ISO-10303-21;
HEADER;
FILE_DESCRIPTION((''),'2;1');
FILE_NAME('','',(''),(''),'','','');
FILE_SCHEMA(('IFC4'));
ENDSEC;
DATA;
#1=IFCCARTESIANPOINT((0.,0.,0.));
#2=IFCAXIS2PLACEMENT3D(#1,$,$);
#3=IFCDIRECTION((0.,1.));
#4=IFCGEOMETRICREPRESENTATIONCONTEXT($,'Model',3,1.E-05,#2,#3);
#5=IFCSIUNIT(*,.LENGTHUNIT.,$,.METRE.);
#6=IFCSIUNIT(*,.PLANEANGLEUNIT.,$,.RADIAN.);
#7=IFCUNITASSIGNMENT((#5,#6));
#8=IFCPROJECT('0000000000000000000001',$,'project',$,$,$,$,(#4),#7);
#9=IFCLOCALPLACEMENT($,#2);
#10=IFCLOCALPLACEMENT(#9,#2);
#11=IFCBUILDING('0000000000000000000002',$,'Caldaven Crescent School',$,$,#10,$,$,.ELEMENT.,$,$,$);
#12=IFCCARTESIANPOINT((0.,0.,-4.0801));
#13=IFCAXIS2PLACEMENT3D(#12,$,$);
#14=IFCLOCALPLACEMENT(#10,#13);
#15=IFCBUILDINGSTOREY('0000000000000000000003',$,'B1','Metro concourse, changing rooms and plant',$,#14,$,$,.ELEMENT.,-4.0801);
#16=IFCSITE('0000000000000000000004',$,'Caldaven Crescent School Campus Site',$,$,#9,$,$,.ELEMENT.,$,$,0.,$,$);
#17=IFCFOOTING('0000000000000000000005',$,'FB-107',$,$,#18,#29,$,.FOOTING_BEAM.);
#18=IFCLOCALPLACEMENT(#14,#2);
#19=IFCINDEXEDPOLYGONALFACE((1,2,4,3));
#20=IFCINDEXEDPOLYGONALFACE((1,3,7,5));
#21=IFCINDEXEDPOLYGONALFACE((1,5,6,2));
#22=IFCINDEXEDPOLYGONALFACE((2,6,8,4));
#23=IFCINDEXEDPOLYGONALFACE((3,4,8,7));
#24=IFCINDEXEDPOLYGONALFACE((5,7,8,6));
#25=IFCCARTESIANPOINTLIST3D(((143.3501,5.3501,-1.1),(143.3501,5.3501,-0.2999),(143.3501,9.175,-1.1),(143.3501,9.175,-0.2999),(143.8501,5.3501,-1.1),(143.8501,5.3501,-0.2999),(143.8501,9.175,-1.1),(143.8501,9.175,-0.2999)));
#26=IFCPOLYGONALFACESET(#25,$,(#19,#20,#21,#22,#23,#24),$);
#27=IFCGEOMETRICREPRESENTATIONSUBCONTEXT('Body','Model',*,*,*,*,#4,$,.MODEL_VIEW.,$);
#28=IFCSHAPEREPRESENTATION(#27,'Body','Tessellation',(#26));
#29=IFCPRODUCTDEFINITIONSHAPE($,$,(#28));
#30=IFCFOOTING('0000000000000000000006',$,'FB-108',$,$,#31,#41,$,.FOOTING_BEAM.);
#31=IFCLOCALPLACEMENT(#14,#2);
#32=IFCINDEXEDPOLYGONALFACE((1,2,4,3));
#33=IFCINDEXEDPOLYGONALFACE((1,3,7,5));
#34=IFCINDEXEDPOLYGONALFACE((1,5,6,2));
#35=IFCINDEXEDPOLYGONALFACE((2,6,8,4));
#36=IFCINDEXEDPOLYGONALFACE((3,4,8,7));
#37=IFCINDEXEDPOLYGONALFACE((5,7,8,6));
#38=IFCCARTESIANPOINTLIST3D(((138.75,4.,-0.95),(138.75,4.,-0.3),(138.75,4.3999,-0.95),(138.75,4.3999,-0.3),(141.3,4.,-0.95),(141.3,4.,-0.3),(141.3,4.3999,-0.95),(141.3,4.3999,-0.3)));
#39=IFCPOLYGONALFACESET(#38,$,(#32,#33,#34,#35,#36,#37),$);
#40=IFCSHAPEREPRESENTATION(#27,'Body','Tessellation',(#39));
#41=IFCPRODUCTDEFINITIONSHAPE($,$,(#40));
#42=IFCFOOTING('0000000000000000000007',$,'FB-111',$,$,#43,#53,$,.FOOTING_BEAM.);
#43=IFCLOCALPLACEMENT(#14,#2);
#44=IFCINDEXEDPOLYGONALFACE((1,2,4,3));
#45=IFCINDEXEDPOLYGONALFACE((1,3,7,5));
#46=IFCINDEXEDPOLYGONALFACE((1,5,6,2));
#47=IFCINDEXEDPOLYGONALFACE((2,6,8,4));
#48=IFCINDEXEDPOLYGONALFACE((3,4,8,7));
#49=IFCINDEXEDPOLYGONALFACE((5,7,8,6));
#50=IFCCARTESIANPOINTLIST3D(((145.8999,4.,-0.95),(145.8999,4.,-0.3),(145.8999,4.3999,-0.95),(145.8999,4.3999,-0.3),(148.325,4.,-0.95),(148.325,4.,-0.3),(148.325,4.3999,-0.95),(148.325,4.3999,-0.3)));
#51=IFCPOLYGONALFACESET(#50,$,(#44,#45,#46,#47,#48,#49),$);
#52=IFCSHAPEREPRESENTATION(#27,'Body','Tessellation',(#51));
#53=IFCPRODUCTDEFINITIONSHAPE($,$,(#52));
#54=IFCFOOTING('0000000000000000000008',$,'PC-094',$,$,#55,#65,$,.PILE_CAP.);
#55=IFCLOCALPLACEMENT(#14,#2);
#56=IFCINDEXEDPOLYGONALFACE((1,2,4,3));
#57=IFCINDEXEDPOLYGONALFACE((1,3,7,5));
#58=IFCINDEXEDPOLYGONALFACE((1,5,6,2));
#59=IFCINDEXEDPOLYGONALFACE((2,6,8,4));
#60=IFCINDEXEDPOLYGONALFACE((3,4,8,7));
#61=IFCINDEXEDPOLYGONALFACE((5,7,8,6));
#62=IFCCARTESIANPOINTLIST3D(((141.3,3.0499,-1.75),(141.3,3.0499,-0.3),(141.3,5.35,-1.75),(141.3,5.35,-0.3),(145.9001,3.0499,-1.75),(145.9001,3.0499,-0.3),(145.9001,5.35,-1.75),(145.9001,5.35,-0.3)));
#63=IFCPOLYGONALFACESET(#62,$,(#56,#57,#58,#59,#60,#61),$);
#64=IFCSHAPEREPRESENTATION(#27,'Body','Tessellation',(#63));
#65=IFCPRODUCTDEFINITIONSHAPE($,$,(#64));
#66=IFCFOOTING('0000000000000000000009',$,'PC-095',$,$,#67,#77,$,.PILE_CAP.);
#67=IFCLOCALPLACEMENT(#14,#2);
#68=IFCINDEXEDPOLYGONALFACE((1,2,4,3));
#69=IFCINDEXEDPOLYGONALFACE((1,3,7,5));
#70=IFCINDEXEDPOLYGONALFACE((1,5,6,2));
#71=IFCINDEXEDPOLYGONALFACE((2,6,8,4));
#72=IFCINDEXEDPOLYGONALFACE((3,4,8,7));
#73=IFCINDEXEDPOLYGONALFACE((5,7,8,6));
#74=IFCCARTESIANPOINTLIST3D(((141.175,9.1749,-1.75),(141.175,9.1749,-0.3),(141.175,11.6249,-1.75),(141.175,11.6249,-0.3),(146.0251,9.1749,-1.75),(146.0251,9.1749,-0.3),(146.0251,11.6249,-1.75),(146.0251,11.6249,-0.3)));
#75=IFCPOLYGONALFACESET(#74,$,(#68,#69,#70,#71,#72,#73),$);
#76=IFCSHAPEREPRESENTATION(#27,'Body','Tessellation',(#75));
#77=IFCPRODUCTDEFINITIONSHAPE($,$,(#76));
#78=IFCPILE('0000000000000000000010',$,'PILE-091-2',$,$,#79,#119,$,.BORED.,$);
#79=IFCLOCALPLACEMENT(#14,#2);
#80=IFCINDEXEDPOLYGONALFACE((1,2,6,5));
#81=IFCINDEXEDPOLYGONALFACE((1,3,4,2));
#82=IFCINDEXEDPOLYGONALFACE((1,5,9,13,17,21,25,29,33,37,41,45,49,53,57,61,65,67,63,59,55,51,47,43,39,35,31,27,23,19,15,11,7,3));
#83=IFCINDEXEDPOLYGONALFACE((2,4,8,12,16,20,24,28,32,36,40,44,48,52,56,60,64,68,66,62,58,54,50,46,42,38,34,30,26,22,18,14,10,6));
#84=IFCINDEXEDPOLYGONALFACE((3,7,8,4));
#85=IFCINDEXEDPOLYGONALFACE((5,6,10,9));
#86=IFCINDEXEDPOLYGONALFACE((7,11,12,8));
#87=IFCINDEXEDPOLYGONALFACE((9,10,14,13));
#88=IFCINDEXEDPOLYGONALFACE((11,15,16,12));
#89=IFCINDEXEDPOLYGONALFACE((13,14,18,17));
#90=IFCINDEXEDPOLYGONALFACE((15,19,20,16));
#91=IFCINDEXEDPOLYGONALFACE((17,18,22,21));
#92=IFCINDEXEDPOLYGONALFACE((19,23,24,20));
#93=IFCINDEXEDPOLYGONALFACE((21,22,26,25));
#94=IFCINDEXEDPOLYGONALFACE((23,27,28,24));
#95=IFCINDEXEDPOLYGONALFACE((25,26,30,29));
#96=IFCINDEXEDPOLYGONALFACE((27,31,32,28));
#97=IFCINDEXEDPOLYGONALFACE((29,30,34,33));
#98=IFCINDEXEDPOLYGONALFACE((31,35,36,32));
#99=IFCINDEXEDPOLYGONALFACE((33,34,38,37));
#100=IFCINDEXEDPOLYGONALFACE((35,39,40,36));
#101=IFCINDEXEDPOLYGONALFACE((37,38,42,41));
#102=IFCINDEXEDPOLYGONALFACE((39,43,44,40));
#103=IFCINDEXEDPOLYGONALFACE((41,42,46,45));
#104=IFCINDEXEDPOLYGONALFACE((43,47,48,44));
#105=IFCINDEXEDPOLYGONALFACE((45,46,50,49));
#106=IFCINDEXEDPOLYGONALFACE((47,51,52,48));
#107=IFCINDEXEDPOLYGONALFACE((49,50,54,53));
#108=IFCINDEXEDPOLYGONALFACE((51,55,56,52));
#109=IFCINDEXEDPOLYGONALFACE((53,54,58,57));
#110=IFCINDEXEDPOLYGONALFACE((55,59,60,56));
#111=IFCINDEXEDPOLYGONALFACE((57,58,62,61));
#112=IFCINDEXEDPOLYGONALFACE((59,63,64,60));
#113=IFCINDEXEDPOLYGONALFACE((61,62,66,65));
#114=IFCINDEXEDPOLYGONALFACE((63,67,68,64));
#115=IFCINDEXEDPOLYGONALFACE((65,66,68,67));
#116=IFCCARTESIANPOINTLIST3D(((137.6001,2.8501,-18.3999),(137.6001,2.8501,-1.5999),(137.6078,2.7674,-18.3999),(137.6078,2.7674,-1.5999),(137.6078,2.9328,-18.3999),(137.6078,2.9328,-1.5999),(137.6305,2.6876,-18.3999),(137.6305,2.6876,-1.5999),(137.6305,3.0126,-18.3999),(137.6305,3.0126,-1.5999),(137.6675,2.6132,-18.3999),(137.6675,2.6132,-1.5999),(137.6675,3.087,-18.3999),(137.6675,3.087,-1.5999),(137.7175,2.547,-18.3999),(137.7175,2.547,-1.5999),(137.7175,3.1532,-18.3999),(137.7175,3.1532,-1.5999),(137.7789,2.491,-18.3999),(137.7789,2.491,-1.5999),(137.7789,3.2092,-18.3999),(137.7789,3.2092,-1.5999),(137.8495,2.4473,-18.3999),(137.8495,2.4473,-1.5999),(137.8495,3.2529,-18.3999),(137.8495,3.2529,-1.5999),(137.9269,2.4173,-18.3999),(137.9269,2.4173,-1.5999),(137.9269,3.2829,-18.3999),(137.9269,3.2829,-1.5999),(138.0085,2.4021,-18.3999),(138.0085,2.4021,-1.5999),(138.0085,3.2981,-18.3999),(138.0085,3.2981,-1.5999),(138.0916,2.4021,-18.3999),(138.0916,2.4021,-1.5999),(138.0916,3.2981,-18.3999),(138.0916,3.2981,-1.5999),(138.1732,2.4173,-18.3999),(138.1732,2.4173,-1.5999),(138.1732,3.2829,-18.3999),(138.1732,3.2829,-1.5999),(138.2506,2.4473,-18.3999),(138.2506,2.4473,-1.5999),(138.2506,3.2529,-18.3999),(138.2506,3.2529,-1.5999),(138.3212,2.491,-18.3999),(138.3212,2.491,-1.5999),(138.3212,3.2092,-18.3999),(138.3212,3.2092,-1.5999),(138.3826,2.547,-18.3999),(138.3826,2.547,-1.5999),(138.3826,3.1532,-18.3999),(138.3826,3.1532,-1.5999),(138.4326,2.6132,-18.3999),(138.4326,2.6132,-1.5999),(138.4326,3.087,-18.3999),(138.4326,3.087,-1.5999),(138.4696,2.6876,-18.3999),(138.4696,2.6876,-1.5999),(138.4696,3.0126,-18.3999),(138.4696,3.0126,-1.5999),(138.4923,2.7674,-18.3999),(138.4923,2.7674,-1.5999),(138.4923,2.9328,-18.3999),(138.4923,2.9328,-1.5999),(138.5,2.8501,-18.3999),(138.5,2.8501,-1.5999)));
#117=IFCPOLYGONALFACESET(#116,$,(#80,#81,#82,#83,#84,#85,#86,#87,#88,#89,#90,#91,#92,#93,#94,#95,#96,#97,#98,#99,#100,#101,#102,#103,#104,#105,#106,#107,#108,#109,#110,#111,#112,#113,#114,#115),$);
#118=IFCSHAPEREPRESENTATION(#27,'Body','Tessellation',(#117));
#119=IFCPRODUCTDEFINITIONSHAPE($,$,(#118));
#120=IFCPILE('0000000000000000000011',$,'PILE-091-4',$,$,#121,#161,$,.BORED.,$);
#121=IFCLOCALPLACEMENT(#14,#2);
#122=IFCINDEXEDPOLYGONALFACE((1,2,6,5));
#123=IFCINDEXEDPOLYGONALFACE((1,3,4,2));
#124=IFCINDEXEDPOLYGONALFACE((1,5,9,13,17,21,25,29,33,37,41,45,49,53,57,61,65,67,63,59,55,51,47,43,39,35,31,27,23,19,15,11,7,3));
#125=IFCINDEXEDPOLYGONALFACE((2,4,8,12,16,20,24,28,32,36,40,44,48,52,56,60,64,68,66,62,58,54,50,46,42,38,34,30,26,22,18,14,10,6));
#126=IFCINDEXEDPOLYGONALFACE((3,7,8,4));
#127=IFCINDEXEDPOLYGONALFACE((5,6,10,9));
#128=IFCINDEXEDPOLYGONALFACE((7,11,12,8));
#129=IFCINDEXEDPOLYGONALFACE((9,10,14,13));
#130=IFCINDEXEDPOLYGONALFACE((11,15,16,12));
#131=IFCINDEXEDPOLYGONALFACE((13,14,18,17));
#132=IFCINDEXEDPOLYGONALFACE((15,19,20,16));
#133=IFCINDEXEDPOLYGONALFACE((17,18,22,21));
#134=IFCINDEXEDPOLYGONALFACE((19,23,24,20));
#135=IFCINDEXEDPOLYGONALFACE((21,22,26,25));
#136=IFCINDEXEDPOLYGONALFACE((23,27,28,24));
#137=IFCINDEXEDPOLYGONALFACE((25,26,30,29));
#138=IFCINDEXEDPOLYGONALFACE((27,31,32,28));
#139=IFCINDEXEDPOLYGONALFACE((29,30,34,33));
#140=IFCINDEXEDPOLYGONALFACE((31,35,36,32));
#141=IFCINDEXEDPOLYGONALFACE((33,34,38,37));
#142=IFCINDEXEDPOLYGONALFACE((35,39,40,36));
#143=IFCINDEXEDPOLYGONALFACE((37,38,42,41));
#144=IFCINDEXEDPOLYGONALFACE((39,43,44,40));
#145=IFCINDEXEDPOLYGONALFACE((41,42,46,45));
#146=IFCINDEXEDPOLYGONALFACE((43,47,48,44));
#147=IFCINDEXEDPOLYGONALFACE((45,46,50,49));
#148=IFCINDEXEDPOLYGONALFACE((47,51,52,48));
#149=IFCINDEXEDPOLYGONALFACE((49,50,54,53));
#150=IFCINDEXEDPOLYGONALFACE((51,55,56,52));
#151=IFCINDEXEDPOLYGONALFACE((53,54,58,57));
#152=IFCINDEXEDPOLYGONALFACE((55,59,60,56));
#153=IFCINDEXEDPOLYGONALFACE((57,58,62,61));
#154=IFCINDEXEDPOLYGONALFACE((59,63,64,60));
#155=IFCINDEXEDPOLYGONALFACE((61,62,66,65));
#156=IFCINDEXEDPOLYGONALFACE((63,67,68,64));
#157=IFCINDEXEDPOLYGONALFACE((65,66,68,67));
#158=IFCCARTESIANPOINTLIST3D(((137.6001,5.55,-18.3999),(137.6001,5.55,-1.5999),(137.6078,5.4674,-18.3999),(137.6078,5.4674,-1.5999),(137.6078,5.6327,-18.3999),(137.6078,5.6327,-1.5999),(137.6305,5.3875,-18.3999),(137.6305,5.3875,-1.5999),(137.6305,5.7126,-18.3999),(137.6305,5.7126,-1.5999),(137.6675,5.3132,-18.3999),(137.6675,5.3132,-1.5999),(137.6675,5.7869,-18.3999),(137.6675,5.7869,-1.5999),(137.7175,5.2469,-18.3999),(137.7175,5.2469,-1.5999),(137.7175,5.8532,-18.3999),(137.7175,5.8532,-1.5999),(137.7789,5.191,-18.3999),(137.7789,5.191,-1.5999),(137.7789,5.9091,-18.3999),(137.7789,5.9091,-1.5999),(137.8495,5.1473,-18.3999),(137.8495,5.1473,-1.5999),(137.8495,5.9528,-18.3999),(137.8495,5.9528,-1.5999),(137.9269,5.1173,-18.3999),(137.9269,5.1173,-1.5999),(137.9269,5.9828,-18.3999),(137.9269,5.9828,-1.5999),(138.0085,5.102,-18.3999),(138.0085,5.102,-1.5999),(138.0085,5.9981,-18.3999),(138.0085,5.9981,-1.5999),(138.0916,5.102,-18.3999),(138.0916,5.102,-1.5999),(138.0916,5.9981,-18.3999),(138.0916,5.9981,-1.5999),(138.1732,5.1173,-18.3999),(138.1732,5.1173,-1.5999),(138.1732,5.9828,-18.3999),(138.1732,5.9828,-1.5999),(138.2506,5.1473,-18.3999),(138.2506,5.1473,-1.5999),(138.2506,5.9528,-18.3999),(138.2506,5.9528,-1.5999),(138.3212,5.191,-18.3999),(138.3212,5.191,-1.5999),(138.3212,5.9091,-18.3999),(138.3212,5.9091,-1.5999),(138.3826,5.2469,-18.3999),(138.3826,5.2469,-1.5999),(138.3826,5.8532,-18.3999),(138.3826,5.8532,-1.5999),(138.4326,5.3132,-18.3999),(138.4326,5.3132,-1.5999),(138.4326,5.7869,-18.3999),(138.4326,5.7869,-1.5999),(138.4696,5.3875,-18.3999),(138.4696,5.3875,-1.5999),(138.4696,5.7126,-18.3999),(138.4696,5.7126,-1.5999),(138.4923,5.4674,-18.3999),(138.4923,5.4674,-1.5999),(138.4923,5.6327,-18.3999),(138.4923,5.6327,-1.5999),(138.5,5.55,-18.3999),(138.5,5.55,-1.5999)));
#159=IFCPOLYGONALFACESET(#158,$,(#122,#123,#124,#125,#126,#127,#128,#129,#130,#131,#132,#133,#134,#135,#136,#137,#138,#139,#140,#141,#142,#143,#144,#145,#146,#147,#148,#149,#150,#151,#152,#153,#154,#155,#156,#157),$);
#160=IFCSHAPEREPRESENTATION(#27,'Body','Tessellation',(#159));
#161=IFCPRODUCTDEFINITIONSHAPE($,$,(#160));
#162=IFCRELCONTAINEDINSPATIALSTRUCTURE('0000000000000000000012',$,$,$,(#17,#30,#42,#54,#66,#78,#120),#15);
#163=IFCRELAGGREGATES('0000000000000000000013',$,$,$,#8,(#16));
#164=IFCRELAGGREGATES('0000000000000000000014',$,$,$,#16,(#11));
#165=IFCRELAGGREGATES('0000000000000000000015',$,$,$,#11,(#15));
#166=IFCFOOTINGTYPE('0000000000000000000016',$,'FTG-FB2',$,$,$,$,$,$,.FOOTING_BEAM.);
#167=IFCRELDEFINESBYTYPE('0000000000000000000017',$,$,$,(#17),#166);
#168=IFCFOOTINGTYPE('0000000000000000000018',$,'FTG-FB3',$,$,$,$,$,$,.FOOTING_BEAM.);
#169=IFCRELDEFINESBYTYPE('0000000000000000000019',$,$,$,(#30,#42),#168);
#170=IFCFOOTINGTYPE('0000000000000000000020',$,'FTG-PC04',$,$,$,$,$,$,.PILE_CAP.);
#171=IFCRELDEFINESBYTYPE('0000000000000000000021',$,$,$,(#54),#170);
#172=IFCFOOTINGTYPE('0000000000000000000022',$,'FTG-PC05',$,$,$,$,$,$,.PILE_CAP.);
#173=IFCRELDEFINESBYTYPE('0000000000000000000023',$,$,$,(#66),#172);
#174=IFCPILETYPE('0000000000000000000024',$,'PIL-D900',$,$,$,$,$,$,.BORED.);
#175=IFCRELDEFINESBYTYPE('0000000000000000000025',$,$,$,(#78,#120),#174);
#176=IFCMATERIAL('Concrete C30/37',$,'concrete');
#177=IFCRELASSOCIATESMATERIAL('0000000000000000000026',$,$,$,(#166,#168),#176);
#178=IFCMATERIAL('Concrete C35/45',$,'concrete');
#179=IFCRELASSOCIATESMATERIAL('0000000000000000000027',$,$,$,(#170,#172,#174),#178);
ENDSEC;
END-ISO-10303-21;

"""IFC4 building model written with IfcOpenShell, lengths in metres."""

from ifc_helpers import new_model, si_unit, direction, frame, origin, origin_2d, place, context, subcontext, project, spatial, rectangle, circle, extrude, material, material_profile, profile_set, type_object, element, save


model = new_model("IFC4")

# Units and contexts
model_context = context("Model", 3, precision=1e-05, world=origin(), true_north=direction((0.0, 1.0)))
body_context = subcontext(model_context, "Body", "Model", "MODEL_VIEW")
ifc_project = project(units=[si_unit("LENGTHUNIT", "METRE"), si_unit("PLANEANGLEUNIT", "RADIAN")], contexts=[model_context])

# Site, building, storey
site_placement = place(None, origin())
site = spatial("IfcSite", under=ifc_project, at=site_placement, Name="Caldaven Crescent School Campus Site", CompositionType="ELEMENT", RefElevation=0.0)
building_placement = place(site_placement, origin())
building = spatial("IfcBuilding", under=site, at=building_placement, Name="Caldaven Crescent School", CompositionType="ELEMENT")
storey_placement = place(building_placement, frame((0.0, 0.0, -4.0801)))
storey = spatial("IfcBuildingStorey", under=building, at=storey_placement, Name="B1", Description="Metro concourse, changing rooms and plant", CompositionType="ELEMENT", Elevation=-4.0801)

# Footings
ifc_material_1 = material(Name="Concrete C30/37", Category="concrete")
ifc_material_profile_1 = material_profile(ifc_material_1, rectangle(XDim=0.5, YDim=0.8, at=origin_2d()), Name="FB 500x800")
ifc_profile_set_1 = profile_set([ifc_material_profile_1], Name="Concrete C30/37")
footing_type_1 = type_object("IfcFootingType", Name="FTG-FB2", PredefinedType="FOOTING_BEAM", material=ifc_profile_set_1)
footing_1_placement = place(storey_placement, frame((143.6001, 5.3501, -0.7), z_axis=(0.0, 1.0, 0.0), x_axis=(-1.0, 0.0, 0.0)))
element("IfcFooting", 1, at=footing_1_placement, inside=storey, type_object=footing_type_1, Name="FB-107", PredefinedType="FOOTING_BEAM", context=body_context, shape_type="SweptSolid", body=[
    extrude(rectangle(XDim=0.5, YDim=0.8, at=origin_2d()), origin(), (0.0, 0.0, 1.0), 3.825),
])
ifc_material_profile_2 = material_profile(ifc_material_1, rectangle(XDim=0.3999, YDim=0.6499, at=origin_2d()), Name="FB 400x650")
ifc_profile_set_2 = profile_set([ifc_material_profile_2], Name="Concrete C30/37")
footing_type_2 = type_object("IfcFootingType", Name="FTG-FB3", PredefinedType="FOOTING_BEAM", material=ifc_profile_set_2)
footing_2_placement = place(storey_placement, frame((141.3, 4.2, -0.625), z_axis=(-1.0, 0.0, 0.0), x_axis=(0.0, -1.0, 0.0)))
element("IfcFooting", 2, at=footing_2_placement, inside=storey, type_object=footing_type_2, Name="FB-108", PredefinedType="FOOTING_BEAM", context=body_context, shape_type="SweptSolid", body=[
    extrude(rectangle(XDim=0.3999, YDim=0.6499, at=origin_2d()), origin(), (0.0, 0.0, 1.0), 2.55),
])
footing_3_placement = place(storey_placement, frame((148.325, 4.2, -0.625), z_axis=(-1.0, 0.0, 0.0), x_axis=(0.0, -1.0, 0.0)))
element("IfcFooting", 3, at=footing_3_placement, inside=storey, type_object=footing_type_2, Name="FB-111", PredefinedType="FOOTING_BEAM", context=body_context, shape_type="SweptSolid", body=[
    extrude(rectangle(XDim=0.3999, YDim=0.6499, at=origin_2d()), origin(), (0.0, 0.0, 1.0), 2.425),
])
ifc_material_2 = material(Name="Concrete C35/45", Category="concrete")
footing_type_3 = type_object("IfcFootingType", Name="FTG-PC04", PredefinedType="PILE_CAP", material=ifc_material_2)
footing_4_placement = place(storey_placement, frame((143.6001, 4.2, -1.75), z_axis=(0.0, 0.0, 1.0), x_axis=(1.0, 0.0, 0.0)))
element("IfcFooting", 4, at=footing_4_placement, inside=storey, type_object=footing_type_3, Name="PC-094", PredefinedType="PILE_CAP", context=body_context, shape_type="SweptSolid", body=[
    extrude(rectangle(XDim=4.6001, YDim=2.3, at=origin_2d()), origin(), (0.0, 0.0, 1.0), 1.45),
])
footing_type_4 = type_object("IfcFootingType", Name="FTG-PC05", PredefinedType="PILE_CAP", material=ifc_material_2)
footing_5_placement = place(storey_placement, frame((143.6001, 10.3999, -1.75), z_axis=(0.0, 0.0, 1.0), x_axis=(1.0, 0.0, 0.0)))
element("IfcFooting", 5, at=footing_5_placement, inside=storey, type_object=footing_type_4, Name="PC-095", PredefinedType="PILE_CAP", context=body_context, shape_type="SweptSolid", body=[
    extrude(rectangle(XDim=4.8501, YDim=2.45, at=origin_2d()), origin(), (0.0, 0.0, 1.0), 1.45),
])

# Piles
ifc_material_profile_3 = material_profile(ifc_material_2, circle(Radius=0.45, at=origin_2d()), Name="PILE D900")
ifc_profile_set_3 = profile_set([ifc_material_profile_3], Name="Concrete C35/45")
pile_type = type_object("IfcPileType", Name="PIL-D900", PredefinedType="BORED", material=ifc_profile_set_3)
for number, where, z_axis, x_axis, name in (
    (6, (138.05, 2.8501, -1.5999), (0.0, 0.0, -1.0), (1.0, 0.0, 0.0), "PILE-091-2"),
    (7, (138.05, 5.55, -1.5999), (0.0, 0.0, -1.0), (1.0, 0.0, 0.0), "PILE-091-4"),
):
    element("IfcPile", number, at=place(storey_placement, frame(where, z_axis=z_axis, x_axis=x_axis)), inside=storey, type_object=pile_type, Name=name, PredefinedType="BORED", context=body_context, shape_type="SweptSolid", body=[
        extrude(circle(Radius=0.45, at=origin_2d()), origin(), (0.0, 0.0, 1.0), 16.8),
    ])

save(model, "model.ifc")
